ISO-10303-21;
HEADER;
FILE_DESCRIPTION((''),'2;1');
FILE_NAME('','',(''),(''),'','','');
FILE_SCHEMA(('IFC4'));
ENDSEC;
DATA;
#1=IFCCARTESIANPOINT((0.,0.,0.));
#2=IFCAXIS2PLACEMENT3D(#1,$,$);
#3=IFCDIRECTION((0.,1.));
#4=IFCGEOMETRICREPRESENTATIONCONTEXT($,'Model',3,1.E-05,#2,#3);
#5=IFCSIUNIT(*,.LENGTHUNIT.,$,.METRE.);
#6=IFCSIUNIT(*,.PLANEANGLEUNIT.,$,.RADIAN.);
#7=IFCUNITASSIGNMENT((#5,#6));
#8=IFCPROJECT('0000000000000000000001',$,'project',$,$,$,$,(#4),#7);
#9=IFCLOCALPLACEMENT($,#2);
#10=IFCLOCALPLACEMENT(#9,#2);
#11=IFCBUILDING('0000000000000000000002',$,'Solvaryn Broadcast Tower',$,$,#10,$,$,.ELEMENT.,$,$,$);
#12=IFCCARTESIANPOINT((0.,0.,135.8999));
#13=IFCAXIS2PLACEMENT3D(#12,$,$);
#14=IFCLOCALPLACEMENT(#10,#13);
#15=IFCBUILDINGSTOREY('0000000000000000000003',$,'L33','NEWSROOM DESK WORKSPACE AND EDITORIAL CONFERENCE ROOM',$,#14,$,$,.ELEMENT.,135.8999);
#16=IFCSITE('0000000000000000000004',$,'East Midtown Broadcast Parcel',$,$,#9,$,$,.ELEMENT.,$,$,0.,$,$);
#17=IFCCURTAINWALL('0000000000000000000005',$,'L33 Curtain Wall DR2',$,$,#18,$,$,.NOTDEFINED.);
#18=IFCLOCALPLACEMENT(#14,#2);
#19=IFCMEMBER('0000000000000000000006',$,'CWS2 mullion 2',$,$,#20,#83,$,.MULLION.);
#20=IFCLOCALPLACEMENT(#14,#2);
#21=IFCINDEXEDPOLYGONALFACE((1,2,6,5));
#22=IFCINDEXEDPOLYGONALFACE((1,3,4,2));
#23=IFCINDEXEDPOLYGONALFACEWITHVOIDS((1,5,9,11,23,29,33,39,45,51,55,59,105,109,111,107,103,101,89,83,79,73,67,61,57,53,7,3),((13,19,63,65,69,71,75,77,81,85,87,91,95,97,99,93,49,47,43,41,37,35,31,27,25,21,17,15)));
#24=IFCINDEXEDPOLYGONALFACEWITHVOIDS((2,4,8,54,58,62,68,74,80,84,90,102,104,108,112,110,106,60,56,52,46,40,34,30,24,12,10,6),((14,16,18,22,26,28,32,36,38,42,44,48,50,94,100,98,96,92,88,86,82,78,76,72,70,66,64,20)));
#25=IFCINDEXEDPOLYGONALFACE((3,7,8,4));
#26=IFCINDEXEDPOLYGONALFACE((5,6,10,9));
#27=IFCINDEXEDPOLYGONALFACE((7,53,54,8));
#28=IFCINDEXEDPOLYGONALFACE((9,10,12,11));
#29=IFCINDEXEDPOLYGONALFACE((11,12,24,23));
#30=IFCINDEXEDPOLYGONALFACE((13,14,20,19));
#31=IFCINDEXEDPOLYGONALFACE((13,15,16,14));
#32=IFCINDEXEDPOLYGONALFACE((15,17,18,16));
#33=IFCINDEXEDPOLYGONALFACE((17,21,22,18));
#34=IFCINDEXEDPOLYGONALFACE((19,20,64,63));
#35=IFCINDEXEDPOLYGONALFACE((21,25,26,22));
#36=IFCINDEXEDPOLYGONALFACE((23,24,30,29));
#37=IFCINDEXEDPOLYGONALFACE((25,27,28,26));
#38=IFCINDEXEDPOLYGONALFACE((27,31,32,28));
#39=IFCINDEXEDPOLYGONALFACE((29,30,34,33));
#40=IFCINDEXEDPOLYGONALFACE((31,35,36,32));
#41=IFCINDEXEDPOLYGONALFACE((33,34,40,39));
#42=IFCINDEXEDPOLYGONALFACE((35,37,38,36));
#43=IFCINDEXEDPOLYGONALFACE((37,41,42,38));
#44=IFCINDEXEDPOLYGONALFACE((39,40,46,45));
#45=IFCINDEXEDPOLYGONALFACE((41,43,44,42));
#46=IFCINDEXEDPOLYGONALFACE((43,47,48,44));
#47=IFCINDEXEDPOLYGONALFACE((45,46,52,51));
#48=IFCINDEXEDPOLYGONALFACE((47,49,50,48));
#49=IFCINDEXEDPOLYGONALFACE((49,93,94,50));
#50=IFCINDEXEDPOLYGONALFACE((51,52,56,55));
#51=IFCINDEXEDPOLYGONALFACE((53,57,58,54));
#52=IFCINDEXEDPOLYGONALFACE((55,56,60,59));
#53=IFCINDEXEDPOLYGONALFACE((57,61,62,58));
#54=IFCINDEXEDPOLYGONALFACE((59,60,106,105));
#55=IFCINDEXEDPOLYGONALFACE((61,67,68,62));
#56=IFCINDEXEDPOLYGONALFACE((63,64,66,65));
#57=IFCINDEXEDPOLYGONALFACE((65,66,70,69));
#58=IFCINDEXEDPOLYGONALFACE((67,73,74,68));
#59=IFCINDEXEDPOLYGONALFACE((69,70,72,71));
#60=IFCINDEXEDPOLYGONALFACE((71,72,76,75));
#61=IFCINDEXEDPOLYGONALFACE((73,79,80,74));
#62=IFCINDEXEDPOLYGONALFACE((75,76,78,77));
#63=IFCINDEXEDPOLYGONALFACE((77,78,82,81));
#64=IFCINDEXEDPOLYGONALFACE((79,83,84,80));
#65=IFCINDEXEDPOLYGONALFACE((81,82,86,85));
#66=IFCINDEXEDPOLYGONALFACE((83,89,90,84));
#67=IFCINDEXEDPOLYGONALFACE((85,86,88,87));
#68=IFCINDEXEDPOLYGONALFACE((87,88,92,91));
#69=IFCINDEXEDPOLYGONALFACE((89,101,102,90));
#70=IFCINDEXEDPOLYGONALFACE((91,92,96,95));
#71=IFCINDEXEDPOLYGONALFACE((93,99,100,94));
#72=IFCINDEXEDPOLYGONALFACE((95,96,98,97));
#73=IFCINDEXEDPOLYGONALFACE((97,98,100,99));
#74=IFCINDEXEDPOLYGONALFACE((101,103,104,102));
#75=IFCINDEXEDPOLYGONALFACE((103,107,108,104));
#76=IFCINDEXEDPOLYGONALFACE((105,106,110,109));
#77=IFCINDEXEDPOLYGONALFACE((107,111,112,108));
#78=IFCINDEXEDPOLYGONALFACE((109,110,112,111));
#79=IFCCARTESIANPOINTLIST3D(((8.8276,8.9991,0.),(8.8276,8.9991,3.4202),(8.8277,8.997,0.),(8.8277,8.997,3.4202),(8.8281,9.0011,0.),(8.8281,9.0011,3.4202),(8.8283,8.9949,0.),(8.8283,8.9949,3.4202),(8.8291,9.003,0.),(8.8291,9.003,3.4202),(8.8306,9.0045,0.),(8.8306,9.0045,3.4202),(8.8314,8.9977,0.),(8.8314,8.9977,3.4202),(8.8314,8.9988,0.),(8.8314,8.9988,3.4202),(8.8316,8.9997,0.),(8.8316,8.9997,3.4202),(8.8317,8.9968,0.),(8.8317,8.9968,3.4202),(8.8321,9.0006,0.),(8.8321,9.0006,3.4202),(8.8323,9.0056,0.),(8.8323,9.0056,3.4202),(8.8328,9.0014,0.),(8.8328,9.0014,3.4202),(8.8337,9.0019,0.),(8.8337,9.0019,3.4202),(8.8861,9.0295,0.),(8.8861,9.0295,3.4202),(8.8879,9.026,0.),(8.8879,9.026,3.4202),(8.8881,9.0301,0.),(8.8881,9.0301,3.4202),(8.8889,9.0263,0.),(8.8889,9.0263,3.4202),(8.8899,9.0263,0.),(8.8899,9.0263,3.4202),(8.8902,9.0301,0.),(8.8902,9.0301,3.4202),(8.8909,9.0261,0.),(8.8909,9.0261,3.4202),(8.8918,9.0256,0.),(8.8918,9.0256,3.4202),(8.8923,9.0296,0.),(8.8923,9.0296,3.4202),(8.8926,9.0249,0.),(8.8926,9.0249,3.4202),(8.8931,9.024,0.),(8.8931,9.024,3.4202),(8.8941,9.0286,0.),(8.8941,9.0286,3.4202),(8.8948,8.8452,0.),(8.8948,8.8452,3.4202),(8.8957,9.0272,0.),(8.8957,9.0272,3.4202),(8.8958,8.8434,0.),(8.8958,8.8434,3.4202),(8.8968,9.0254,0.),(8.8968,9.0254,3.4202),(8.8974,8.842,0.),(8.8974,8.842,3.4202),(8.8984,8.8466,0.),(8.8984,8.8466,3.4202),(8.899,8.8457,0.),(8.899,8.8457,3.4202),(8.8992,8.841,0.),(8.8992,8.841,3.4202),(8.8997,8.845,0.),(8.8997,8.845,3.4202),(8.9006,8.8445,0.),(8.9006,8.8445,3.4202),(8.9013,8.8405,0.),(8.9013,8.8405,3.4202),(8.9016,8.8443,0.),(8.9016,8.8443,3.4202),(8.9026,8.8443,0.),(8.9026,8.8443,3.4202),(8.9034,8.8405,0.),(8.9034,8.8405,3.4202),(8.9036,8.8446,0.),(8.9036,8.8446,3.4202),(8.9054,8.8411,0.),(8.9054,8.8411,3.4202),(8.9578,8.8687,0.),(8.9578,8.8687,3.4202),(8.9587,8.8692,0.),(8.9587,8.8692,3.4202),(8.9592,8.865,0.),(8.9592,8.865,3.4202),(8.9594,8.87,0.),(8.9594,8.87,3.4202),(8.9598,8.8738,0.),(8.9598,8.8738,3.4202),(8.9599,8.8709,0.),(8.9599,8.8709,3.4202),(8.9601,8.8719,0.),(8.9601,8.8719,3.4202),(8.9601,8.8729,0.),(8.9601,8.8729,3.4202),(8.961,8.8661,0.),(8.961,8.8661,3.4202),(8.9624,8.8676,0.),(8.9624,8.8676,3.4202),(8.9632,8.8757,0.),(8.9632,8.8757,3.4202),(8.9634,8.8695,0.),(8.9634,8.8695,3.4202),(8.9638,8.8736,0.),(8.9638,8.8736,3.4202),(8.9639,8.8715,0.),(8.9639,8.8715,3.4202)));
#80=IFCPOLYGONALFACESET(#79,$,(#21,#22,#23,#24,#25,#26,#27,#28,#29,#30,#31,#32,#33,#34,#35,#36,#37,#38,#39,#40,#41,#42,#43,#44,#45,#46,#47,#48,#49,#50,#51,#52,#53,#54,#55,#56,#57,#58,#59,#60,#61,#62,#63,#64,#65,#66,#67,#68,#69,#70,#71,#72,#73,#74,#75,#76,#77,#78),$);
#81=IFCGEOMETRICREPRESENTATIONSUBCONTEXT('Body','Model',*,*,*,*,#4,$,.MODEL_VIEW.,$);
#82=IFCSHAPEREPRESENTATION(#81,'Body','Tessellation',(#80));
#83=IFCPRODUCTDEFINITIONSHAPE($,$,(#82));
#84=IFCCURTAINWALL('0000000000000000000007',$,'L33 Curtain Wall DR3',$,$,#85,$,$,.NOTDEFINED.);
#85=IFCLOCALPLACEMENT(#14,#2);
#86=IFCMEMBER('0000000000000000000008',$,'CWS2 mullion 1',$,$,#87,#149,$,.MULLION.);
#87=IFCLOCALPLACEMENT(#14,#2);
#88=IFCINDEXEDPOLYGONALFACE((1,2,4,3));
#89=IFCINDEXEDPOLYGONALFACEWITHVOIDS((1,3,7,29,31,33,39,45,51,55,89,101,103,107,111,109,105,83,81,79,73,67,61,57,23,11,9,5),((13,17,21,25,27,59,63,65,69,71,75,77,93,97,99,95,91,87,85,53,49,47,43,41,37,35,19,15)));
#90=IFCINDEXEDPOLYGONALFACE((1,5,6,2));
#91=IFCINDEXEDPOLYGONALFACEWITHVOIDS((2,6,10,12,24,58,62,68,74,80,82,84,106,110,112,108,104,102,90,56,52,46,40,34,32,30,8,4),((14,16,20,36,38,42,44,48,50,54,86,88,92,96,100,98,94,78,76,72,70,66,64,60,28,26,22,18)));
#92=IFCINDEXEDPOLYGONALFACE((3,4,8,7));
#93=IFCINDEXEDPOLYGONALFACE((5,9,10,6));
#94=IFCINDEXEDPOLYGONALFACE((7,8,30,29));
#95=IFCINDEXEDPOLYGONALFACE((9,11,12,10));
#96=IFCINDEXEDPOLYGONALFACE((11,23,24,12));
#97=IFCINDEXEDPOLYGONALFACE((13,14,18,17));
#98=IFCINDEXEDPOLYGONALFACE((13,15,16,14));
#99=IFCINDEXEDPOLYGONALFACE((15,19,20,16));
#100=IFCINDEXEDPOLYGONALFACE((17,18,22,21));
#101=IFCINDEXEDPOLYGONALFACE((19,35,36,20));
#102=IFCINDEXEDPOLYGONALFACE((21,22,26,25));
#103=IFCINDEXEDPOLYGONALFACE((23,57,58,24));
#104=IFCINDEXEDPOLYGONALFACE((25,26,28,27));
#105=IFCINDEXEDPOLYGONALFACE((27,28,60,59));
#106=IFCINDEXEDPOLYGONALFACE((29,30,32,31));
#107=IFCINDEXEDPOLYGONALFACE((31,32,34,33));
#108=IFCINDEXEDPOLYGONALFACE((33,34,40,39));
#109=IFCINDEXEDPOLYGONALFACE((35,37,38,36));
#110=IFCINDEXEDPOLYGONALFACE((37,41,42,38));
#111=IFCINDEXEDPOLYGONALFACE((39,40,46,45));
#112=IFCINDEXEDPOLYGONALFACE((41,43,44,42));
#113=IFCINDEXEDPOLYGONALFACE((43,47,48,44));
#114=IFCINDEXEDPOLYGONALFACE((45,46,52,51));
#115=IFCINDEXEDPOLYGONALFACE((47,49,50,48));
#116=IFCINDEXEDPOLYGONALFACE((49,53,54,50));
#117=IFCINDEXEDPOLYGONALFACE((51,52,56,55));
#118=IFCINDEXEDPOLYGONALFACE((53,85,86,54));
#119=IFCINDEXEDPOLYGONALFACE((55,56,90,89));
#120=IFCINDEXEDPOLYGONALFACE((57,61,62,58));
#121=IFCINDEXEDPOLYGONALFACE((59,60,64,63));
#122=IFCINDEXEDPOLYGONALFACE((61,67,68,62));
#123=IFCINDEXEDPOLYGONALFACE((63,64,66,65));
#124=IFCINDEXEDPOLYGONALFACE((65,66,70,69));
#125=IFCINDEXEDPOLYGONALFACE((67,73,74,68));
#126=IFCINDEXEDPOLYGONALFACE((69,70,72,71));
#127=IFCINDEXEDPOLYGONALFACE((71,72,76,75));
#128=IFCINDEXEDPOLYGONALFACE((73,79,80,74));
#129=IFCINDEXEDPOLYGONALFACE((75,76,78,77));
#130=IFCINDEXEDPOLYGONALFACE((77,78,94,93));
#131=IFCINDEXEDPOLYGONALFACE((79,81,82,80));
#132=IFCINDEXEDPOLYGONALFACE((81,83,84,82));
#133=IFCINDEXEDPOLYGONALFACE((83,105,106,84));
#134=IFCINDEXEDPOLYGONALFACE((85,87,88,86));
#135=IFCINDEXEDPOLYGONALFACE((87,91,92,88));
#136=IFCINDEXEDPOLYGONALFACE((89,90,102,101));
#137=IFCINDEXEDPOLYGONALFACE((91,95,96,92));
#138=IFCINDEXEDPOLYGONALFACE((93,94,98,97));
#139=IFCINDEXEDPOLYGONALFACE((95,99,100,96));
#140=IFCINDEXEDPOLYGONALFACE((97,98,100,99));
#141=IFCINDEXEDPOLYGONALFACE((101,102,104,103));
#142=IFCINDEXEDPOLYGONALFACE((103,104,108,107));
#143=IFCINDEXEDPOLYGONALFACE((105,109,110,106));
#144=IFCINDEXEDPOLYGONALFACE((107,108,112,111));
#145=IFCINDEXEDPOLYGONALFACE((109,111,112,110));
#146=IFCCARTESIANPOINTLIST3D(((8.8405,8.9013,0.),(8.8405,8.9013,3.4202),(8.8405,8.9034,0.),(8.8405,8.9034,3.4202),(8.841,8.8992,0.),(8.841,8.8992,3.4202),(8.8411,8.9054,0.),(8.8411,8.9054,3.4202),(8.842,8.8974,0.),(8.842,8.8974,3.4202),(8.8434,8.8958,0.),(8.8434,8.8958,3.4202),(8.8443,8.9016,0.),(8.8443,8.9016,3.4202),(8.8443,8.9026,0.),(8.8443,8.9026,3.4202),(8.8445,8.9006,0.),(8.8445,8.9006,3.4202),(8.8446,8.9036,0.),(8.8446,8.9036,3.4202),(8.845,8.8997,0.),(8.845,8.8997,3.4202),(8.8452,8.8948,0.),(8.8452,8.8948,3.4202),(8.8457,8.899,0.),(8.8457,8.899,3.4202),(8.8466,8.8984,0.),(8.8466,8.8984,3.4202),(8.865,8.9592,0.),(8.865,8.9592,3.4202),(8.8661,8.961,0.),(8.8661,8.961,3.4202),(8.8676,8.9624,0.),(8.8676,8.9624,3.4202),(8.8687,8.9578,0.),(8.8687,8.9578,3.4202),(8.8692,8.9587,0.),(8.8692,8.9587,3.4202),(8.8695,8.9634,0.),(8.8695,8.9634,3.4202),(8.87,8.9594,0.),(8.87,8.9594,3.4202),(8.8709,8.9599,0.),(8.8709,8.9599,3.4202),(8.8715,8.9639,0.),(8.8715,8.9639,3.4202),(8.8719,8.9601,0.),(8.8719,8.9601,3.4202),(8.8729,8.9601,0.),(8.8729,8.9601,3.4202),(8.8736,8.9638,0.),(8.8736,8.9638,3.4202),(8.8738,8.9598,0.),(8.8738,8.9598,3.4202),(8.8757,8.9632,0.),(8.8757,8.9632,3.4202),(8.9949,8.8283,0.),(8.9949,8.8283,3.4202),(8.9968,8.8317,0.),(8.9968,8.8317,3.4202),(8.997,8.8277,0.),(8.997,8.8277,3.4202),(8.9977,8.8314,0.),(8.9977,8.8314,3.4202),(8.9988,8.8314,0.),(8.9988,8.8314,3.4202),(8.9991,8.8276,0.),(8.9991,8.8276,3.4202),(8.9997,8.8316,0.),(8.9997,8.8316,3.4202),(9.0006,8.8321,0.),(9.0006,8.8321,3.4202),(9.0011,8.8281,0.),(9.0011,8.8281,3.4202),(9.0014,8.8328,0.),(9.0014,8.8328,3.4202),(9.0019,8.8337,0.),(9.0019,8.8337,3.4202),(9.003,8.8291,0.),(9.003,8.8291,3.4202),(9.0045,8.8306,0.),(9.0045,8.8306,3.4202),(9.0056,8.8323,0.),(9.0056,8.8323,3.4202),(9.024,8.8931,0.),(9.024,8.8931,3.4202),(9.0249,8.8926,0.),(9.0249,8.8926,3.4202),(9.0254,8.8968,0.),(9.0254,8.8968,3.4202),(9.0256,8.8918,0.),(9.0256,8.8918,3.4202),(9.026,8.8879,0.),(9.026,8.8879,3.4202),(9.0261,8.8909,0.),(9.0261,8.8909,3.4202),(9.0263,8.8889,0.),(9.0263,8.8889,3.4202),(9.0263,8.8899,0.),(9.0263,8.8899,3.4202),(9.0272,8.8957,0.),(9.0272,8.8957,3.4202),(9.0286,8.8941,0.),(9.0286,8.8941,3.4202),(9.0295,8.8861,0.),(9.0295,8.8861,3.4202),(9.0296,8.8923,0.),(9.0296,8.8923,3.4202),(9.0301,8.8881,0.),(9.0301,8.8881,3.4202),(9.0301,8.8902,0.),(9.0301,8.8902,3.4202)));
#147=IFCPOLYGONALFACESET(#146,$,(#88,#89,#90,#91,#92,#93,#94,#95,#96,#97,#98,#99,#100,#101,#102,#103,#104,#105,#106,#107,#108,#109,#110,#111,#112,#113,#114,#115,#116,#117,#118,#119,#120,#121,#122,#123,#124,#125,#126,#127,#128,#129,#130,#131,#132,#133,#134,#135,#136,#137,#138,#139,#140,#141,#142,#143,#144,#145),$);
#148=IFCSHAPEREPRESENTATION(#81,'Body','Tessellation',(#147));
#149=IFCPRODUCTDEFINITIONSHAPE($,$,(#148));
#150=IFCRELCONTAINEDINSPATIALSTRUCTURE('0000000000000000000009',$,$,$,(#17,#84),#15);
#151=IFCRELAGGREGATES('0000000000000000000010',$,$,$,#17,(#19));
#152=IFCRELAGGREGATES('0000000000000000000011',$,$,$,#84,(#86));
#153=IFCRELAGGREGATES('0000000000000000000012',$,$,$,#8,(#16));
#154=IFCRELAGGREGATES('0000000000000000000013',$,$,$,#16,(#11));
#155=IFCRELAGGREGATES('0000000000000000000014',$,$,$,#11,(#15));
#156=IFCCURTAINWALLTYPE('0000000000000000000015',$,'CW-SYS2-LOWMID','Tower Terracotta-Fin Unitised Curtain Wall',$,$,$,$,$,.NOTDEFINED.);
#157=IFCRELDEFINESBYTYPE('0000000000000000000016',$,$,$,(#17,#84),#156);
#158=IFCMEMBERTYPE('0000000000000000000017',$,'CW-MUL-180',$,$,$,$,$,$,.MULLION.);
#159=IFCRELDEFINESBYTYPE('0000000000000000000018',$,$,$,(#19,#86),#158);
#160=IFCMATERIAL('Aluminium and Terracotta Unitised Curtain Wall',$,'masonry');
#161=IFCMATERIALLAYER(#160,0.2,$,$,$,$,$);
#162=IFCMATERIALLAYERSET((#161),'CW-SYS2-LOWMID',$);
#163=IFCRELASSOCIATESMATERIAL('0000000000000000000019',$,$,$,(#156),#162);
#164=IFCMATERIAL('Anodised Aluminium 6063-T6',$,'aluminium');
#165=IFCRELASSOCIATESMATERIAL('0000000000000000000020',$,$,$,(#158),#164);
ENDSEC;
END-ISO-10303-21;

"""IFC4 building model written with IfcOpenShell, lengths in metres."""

from ifc_helpers import new_model, si_unit, direction, frame, origin, origin_2d, place, context, subcontext, project, spatial, hollow_rectangle, extrude, material, layer, layer_set, material_profile, profile_set, type_object, element, aggregate, save


model = new_model("IFC4")

# Units and contexts
model_context = context("Model", 3, precision=1e-05, world=origin(), true_north=direction((0.0, 1.0)))
body_context = subcontext(model_context, "Body", "Model", "MODEL_VIEW")
ifc_project = project(units=[si_unit("LENGTHUNIT", "METRE"), si_unit("PLANEANGLEUNIT", "RADIAN")], contexts=[model_context])

# Site, building, storey
site_placement = place(None, origin())
site = spatial("IfcSite", under=ifc_project, at=site_placement, Name="East Midtown Broadcast Parcel", CompositionType="ELEMENT", RefElevation=0.0)
building_placement = place(site_placement, origin())
building = spatial("IfcBuilding", under=site, at=building_placement, Name="Solvaryn Broadcast Tower", CompositionType="ELEMENT")
storey_placement = place(building_placement, frame((0.0, 0.0, 135.8999)))
storey = spatial("IfcBuildingStorey", under=building, at=storey_placement, Name="L33", Description="NEWSROOM DESK WORKSPACE AND EDITORIAL CONFERENCE ROOM", CompositionType="ELEMENT", Elevation=135.8999)

# Curtain wall, member
ifc_material_1 = material(Name="Aluminium and Terracotta Unitised Curtain Wall", Category="masonry")
ifc_layer_1 = layer(ifc_material_1, 0.2)
ifc_layer_set_1 = layer_set([ifc_layer_1], Name="CW-SYS2-LOWMID")
curtain_wall_type = type_object("IfcCurtainWallType", Name="CW-SYS2-LOWMID", Description="Tower Terracotta-Fin Unitised Curtain Wall", PredefinedType="NOTDEFINED", material=ifc_layer_set_1)
curtain_wall_1_placement = place(storey_placement, origin())
curtain_wall_1 = element("IfcCurtainWall", 1, at=curtain_wall_1_placement, inside=storey, type_object=curtain_wall_type, Name="L33 Curtain Wall DR2", PredefinedType="NOTDEFINED")
ifc_material_2 = material(Name="Anodised Aluminium 6063-T6", Category="aluminium")
ifc_material_profile_1 = material_profile(ifc_material_2, hollow_rectangle(XDim=0.075, YDim=0.1799, WallThickness=0.0039, InnerFilletRadius=0.0039, OuterFilletRadius=0.0081, at=origin_2d()))
ifc_profile_set_1 = profile_set([ifc_material_profile_1], Name="Anodised Aluminium 6063-T6")
member_type_1 = type_object("IfcMemberType", Name="CW-MUL-180", PredefinedType="MULLION", material=ifc_profile_set_1)
member_1_placement = place(storey_placement, frame((8.8958, 8.9353, 0.0), z_axis=(0.0, 0.0, 1.0), x_axis=(0.913909, 0.405918, 0.0)))
member_1 = element("IfcMember", 2, at=member_1_placement, type_object=member_type_1, Name="CWS2 mullion 2", PredefinedType="MULLION", context=body_context, shape_type="SweptSolid", body=[
    extrude(hollow_rectangle(XDim=0.075, YDim=0.1799, WallThickness=0.0039, InnerFilletRadius=0.0039, OuterFilletRadius=0.0081, at=origin_2d()), origin(), (0.0, 0.0, 1.0), 3.4202),
])
aggregate(curtain_wall_1, [member_1])

# Curtain wall, member
curtain_wall_2_placement = place(storey_placement, origin())
curtain_wall_2 = element("IfcCurtainWall", 3, at=curtain_wall_2_placement, inside=storey, type_object=curtain_wall_type, Name="L33 Curtain Wall DR3", PredefinedType="NOTDEFINED")
member_2_placement = place(storey_placement, frame((8.9353, 8.8958, 0.0), z_axis=(0.0, 0.0, 1.0), x_axis=(0.405918, 0.913909, 0.0)))
member_2 = element("IfcMember", 4, at=member_2_placement, type_object=member_type_1, Name="CWS2 mullion 1", PredefinedType="MULLION", context=body_context, shape_type="SweptSolid", body=[
    extrude(hollow_rectangle(XDim=0.075, YDim=0.1799, WallThickness=0.0039, InnerFilletRadius=0.0039, OuterFilletRadius=0.0081, at=origin_2d()), origin(), (0.0, 0.0, 1.0), 3.4202),
])
aggregate(curtain_wall_2, [member_2])

save(model, "model.ifc")
